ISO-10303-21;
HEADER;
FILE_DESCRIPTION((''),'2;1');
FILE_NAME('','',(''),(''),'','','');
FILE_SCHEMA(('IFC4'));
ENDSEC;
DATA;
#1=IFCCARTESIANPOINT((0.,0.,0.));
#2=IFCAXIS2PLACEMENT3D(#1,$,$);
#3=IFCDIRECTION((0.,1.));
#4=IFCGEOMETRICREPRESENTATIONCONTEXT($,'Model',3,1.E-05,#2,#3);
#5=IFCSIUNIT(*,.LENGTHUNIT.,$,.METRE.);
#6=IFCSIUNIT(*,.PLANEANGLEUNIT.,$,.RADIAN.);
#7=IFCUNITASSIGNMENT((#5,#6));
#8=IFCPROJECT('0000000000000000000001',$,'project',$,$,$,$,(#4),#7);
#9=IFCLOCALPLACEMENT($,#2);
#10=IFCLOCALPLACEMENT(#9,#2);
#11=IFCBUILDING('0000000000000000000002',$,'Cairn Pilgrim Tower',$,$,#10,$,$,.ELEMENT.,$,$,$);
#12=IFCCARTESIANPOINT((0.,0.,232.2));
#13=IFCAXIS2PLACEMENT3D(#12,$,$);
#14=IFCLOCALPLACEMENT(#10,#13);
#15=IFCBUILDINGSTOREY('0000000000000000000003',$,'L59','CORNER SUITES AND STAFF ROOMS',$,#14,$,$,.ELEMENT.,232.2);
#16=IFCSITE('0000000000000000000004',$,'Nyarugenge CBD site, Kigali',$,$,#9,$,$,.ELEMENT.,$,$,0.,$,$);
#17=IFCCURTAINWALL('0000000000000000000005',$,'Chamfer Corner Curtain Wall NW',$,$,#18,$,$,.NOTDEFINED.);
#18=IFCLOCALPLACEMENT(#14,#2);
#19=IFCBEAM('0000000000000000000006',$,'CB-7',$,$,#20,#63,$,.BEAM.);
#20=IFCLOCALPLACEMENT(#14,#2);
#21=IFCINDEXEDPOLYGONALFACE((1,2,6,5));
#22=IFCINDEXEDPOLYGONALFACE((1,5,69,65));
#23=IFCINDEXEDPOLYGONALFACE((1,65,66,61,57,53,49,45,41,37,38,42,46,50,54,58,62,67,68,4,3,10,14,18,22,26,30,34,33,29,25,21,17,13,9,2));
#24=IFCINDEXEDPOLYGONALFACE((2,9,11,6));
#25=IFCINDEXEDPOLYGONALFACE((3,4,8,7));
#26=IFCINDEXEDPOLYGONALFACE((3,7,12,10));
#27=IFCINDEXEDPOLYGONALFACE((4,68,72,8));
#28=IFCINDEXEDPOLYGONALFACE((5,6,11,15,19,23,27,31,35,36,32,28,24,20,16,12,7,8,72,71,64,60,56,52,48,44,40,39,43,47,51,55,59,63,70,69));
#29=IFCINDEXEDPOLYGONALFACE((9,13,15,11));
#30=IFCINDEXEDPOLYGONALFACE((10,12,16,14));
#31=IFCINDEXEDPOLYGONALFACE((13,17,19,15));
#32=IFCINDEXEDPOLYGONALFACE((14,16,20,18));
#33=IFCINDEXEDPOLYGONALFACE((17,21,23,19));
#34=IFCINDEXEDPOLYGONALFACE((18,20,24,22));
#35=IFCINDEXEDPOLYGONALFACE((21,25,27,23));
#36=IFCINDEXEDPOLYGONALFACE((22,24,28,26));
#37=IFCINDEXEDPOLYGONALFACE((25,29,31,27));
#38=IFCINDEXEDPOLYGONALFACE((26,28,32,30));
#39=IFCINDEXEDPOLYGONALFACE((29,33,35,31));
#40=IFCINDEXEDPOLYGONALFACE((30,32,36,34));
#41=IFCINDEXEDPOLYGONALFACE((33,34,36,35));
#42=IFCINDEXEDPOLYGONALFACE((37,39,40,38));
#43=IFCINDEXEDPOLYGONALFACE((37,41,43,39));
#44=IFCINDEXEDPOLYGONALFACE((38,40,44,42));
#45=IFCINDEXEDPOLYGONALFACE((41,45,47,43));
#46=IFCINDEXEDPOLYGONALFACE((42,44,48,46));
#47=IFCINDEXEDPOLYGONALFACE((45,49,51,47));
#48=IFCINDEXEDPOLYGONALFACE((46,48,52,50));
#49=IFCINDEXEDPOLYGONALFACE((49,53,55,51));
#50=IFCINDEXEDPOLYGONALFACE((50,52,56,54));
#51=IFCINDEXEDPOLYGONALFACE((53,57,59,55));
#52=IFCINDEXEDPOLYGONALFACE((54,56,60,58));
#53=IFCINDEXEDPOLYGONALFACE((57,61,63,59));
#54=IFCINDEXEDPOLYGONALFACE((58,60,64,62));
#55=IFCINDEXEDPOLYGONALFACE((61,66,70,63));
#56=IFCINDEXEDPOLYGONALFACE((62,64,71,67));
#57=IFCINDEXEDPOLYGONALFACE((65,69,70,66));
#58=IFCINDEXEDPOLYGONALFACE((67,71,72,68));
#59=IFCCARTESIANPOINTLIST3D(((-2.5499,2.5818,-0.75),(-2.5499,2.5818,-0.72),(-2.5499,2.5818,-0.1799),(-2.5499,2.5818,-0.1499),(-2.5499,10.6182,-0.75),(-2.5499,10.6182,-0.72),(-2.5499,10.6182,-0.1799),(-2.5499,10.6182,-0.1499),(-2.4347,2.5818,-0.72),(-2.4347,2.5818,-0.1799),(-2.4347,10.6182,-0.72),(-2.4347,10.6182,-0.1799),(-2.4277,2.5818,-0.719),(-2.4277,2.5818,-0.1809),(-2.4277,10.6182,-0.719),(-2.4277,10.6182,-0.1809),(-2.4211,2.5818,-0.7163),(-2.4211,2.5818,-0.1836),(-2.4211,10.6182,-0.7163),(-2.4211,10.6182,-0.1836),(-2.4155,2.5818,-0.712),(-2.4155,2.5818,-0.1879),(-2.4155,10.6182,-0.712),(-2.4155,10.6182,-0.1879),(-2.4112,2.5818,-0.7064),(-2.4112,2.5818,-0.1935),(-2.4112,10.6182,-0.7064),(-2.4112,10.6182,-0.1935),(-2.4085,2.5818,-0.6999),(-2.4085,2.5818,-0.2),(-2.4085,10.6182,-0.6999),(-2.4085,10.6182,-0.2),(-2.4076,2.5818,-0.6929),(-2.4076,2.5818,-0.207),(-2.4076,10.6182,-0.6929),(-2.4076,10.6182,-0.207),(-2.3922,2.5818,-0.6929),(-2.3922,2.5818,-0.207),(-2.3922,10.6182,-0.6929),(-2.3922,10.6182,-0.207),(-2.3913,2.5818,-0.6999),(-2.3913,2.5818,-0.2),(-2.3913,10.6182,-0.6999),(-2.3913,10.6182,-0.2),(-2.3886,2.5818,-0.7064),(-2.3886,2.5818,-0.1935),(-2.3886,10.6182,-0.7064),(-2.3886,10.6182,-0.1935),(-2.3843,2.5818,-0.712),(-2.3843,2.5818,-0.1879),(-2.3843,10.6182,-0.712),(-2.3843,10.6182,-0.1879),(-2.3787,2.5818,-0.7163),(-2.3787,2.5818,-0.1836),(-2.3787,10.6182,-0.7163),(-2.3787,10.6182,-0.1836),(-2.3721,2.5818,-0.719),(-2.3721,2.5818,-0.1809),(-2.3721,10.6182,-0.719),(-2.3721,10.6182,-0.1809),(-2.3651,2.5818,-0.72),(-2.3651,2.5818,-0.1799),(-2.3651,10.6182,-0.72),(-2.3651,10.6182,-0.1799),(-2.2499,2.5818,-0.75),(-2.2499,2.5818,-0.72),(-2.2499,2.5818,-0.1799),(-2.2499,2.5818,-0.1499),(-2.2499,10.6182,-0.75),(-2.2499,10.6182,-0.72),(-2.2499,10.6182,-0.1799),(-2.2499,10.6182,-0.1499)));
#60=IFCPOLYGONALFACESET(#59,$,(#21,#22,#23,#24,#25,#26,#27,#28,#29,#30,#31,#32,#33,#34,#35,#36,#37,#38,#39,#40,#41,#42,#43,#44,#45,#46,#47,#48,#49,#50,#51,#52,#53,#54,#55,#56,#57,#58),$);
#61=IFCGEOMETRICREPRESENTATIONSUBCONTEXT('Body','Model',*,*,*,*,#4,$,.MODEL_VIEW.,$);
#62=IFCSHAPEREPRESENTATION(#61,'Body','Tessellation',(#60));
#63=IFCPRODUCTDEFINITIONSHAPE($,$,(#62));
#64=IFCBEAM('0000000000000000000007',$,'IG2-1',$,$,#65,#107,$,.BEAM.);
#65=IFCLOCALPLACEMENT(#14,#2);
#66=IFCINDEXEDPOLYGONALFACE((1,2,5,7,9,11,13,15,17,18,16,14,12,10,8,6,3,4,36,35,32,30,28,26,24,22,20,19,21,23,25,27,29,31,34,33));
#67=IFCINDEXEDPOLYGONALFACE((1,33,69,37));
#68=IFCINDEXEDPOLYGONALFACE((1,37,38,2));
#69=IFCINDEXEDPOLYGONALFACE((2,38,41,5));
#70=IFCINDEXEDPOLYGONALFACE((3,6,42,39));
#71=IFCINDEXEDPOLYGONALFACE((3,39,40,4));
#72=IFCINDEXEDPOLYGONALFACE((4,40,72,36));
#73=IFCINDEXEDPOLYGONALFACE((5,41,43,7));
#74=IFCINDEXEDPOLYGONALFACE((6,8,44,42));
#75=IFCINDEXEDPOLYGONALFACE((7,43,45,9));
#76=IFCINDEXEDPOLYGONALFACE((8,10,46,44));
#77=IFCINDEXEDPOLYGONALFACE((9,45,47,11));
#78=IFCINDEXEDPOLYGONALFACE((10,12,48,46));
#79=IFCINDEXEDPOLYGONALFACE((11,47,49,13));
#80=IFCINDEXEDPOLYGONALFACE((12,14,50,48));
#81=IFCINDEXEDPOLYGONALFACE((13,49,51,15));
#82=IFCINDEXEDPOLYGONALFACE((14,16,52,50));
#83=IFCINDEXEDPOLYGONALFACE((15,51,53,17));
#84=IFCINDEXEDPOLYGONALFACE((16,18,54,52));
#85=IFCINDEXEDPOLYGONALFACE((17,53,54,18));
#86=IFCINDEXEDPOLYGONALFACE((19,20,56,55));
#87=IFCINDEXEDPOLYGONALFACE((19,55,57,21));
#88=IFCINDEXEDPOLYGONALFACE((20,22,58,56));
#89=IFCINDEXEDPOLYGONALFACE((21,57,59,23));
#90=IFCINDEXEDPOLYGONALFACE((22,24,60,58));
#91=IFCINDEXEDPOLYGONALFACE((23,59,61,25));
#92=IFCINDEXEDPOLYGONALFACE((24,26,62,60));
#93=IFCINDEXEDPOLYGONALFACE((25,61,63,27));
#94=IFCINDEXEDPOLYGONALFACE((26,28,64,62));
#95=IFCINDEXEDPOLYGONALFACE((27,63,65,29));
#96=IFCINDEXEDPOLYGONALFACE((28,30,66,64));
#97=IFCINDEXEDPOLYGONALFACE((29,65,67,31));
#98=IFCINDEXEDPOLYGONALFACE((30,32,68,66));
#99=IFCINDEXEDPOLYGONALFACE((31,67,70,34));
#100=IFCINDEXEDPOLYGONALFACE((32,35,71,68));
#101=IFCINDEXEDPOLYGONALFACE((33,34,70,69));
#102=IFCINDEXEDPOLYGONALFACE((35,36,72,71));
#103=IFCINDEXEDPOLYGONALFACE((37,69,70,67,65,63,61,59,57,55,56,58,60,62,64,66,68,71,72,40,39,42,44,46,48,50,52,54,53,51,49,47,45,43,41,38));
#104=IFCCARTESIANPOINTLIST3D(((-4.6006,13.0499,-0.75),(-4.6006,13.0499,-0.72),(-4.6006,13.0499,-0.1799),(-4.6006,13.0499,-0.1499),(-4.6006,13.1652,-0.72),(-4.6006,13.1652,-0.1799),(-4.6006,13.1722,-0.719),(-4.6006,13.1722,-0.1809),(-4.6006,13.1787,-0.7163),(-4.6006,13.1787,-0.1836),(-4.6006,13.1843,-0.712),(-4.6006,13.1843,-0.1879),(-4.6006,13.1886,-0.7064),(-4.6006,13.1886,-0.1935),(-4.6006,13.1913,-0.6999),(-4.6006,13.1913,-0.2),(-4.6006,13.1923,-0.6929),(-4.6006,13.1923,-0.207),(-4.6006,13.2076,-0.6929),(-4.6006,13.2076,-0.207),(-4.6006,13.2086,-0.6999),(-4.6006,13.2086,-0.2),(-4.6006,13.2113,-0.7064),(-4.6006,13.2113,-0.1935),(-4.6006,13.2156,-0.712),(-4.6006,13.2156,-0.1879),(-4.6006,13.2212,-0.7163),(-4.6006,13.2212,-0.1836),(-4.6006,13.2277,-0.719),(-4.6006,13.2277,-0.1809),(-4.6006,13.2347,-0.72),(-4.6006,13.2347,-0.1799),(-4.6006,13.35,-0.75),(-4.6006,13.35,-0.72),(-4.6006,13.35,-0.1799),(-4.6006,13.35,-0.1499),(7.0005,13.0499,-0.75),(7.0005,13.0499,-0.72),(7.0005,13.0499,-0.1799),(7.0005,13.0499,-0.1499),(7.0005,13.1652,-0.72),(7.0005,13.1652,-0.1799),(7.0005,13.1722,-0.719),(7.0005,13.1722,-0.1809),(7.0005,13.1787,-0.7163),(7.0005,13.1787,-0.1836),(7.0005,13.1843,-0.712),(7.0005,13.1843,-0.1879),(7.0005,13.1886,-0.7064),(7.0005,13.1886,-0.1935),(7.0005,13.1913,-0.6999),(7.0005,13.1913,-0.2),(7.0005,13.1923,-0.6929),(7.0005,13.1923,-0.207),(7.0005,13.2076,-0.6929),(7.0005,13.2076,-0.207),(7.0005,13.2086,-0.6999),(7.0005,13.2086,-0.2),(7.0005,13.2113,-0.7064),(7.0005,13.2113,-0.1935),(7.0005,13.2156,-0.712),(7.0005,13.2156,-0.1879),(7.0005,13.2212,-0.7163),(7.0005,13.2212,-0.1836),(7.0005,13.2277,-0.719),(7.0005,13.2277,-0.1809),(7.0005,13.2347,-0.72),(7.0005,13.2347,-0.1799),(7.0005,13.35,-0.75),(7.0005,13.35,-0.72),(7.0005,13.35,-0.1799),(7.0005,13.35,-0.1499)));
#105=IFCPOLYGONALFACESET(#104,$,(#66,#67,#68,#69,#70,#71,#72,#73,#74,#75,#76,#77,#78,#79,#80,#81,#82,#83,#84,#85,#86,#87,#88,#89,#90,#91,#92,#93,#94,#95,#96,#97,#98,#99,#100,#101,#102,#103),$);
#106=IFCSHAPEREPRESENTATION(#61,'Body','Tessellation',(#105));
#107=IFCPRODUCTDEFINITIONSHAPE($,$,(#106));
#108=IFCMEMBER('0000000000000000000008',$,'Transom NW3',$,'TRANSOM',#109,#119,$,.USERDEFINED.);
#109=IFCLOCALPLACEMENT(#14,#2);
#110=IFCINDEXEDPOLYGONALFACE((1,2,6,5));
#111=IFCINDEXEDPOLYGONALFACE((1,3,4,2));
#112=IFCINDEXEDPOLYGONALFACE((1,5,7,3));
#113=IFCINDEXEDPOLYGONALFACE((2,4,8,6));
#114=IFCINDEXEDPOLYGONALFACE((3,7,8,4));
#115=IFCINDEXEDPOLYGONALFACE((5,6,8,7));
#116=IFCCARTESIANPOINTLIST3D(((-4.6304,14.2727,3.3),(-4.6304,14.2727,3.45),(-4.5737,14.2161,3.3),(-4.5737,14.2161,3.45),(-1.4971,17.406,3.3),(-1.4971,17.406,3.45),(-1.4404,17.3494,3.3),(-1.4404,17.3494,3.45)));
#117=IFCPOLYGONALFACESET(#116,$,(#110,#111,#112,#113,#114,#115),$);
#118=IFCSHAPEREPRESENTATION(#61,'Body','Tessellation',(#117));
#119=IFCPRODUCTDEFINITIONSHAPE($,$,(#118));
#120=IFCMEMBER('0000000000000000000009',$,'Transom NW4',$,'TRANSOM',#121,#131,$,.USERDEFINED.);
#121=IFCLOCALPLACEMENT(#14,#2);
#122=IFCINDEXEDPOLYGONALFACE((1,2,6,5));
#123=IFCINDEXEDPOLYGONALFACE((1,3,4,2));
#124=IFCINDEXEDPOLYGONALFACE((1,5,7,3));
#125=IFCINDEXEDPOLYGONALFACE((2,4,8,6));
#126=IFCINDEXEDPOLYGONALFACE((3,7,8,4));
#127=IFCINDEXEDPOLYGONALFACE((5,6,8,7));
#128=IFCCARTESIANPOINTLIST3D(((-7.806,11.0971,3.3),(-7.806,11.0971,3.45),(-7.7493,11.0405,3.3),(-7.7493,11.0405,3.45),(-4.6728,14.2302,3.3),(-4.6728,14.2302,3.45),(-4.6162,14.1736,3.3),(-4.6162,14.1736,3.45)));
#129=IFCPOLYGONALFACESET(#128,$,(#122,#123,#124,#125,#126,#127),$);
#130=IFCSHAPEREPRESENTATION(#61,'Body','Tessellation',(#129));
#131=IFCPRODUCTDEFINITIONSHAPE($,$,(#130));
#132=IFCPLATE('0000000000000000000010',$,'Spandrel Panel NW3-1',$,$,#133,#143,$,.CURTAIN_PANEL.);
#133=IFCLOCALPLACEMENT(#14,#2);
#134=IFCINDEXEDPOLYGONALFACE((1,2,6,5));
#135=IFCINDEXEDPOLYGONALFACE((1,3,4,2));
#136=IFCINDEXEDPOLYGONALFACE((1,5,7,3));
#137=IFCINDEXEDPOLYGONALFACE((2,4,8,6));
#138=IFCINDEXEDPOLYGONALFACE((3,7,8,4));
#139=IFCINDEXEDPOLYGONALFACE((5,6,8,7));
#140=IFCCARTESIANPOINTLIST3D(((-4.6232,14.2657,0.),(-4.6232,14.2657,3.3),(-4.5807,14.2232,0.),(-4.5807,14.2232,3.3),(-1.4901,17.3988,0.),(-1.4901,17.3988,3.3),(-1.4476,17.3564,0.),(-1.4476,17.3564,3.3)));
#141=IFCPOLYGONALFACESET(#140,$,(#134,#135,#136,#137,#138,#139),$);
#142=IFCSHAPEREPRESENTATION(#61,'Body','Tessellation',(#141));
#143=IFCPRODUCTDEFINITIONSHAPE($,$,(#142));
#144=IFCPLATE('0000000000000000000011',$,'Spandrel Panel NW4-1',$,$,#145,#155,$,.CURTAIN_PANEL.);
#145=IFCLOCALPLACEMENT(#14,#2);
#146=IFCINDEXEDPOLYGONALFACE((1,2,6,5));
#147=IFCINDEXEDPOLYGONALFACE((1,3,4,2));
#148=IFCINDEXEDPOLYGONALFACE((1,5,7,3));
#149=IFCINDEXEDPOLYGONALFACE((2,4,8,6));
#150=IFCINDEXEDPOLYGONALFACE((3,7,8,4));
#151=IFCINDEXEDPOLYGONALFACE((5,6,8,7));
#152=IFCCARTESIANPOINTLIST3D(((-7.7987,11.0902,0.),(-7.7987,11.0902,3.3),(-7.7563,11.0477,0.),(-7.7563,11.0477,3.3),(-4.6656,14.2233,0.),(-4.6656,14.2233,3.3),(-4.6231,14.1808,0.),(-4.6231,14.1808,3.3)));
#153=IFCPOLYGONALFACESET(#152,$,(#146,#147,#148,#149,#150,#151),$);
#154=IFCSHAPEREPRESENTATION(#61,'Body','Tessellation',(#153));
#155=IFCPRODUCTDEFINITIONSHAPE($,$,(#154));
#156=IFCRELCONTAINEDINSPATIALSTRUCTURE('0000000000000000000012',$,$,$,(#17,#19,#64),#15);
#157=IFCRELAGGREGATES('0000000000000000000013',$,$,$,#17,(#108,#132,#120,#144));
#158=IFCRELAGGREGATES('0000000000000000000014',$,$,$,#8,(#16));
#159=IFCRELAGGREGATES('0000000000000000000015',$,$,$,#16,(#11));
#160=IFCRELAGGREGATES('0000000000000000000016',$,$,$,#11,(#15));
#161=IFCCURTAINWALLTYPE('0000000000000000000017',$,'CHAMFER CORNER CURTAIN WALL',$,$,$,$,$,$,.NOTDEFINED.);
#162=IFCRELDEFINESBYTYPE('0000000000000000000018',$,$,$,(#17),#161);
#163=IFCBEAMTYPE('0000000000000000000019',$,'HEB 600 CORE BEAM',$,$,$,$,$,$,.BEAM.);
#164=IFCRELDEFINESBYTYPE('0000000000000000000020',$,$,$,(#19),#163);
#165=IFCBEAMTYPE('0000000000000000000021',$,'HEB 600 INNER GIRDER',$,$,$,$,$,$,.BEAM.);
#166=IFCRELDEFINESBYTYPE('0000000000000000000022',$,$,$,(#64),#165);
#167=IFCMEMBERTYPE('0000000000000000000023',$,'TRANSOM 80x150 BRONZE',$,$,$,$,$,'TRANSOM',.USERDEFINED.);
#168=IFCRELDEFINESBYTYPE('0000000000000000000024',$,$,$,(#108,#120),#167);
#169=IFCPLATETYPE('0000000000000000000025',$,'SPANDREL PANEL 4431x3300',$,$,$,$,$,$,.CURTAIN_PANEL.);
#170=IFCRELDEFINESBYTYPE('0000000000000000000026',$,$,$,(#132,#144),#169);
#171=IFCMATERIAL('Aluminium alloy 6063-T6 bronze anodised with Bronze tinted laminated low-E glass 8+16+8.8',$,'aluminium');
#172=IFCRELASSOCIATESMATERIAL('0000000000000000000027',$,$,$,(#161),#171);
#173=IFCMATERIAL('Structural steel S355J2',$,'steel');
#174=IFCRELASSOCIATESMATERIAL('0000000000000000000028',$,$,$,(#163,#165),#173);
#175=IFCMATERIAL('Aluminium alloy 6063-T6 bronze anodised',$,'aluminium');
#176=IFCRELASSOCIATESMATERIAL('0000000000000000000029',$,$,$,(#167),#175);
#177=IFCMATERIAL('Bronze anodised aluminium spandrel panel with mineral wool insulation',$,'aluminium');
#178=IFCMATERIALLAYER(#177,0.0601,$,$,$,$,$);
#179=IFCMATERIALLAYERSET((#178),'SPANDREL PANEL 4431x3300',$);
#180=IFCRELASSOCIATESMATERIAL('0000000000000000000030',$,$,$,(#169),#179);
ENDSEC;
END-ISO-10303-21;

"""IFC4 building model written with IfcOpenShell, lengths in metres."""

from ifc_helpers import new_model, si_unit, direction, frame, origin, origin_2d, place, context, subcontext, project, spatial, rectangle, i_section, extrude, material, layer, layer_set, material_profile, profile_set, type_object, element, aggregate, save


model = new_model("IFC4")

# Units and contexts
model_context = context("Model", 3, precision=1e-05, world=origin(), true_north=direction((0.0, 1.0)))
body_context = subcontext(model_context, "Body", "Model", "MODEL_VIEW")
ifc_project = project(units=[si_unit("LENGTHUNIT", "METRE"), si_unit("PLANEANGLEUNIT", "RADIAN")], contexts=[model_context])

# Site, building, storey
site_placement = place(None, origin())
site = spatial("IfcSite", under=ifc_project, at=site_placement, Name="Nyarugenge CBD site, Kigali", CompositionType="ELEMENT", RefElevation=0.0)
building_placement = place(site_placement, origin())
building = spatial("IfcBuilding", under=site, at=building_placement, Name="Cairn Pilgrim Tower", CompositionType="ELEMENT")
storey_placement = place(building_placement, frame((0.0, 0.0, 232.2)))
storey = spatial("IfcBuildingStorey", under=building, at=storey_placement, Name="L59", Description="CORNER SUITES AND STAFF ROOMS", CompositionType="ELEMENT", Elevation=232.2)

# Shared definitions
ifc_material_1 = material(Name="Structural steel S355J2", Category="steel")

# Curtain wall
ifc_material_2 = material(Name="Aluminium alloy 6063-T6 bronze anodised with Bronze tinted laminated low-E glass 8+16+8.8", Category="aluminium")
curtain_wall_type = type_object("IfcCurtainWallType", Name="CHAMFER CORNER CURTAIN WALL", PredefinedType="NOTDEFINED", material=ifc_material_2)
curtain_wall_placement = place(storey_placement, origin())
curtain_wall = element("IfcCurtainWall", 1, at=curtain_wall_placement, inside=storey, type_object=curtain_wall_type, Name="Chamfer Corner Curtain Wall NW", PredefinedType="NOTDEFINED")
ifc_material_3 = material(Name="Aluminium alloy 6063-T6 bronze anodised", Category="aluminium")

# Beams
ifc_material_profile_1 = material_profile(ifc_material_1, i_section(OverallWidth=0.3, OverallDepth=0.6001, WebThickness=0.0154, FlangeThickness=0.03, FilletRadius=0.0271, at=origin_2d()), Name="HEB 600")
ifc_profile_set_1 = profile_set([ifc_material_profile_1], Name="Structural steel S355J2")
beam_type_1 = type_object("IfcBeamType", Name="HEB 600 CORE BEAM", PredefinedType="BEAM", material=ifc_profile_set_1)
beam_1_placement = place(storey_placement, frame((-2.3999, 10.6182, -0.45), z_axis=(0.0, -1.0, 0.0), x_axis=(1.0, 0.0, 0.0)))
element("IfcBeam", 2, at=beam_1_placement, inside=storey, type_object=beam_type_1, Name="CB-7", PredefinedType="BEAM", context=body_context, shape_type="SweptSolid", body=[
    extrude(i_section(OverallWidth=0.3, OverallDepth=0.6001, WebThickness=0.0154, FlangeThickness=0.03, FilletRadius=0.0271, at=origin_2d()), origin(), (0.0, 0.0, 1.0), 8.0364),
])
ifc_material_profile_2 = material_profile(ifc_material_1, i_section(OverallWidth=0.3, OverallDepth=0.6001, WebThickness=0.0154, FlangeThickness=0.03, FilletRadius=0.0271, at=origin_2d()), Name="HEB 600")
ifc_profile_set_2 = profile_set([ifc_material_profile_2], Name="Structural steel S355J2")
beam_type_2 = type_object("IfcBeamType", Name="HEB 600 INNER GIRDER", PredefinedType="BEAM", material=ifc_profile_set_2)
beam_2_placement = place(storey_placement, frame((-4.6006, 13.2, -0.45), z_axis=(1.0, 0.0, 0.0), x_axis=(0.0, 1.0, 0.0)))
element("IfcBeam", 3, at=beam_2_placement, inside=storey, type_object=beam_type_2, Name="IG2-1", PredefinedType="BEAM", context=body_context, shape_type="SweptSolid", body=[
    extrude(i_section(OverallWidth=0.3, OverallDepth=0.6001, WebThickness=0.0154, FlangeThickness=0.03, FilletRadius=0.0271, at=origin_2d()), origin(), (0.0, 0.0, 1.0), 11.6011),
])

# Members
ifc_material_profile_3 = material_profile(ifc_material_3, rectangle(XDim=0.0801, YDim=0.1499, at=origin_2d()), Name="TRANSOM 80x150 BRONZE")
ifc_profile_set_3 = profile_set([ifc_material_profile_3], Name="Aluminium alloy 6063-T6 bronze anodised")
member_type_1 = type_object("IfcMemberType", Name="TRANSOM 80x150 BRONZE", ElementType="TRANSOM", PredefinedType="USERDEFINED", material=ifc_profile_set_3)
member_1_placement = place(storey_placement, frame((-1.4688, 17.3777, 3.375), z_axis=(-0.707107, -0.707107, 0.0), x_axis=(0.707107, -0.707107, 0.0)))
member_1 = element("IfcMember", 4, at=member_1_placement, type_object=member_type_1, Name="Transom NW3", ObjectType="TRANSOM", PredefinedType="USERDEFINED", context=body_context, shape_type="SweptSolid", body=[
    extrude(rectangle(XDim=0.0801, YDim=0.1499, at=origin_2d()), origin(), (0.0, 0.0, 1.0), 4.4312),
])
member_2_placement = place(storey_placement, frame((-4.6445, 14.2019, 3.375), z_axis=(-0.707107, -0.707107, 0.0), x_axis=(0.707107, -0.707107, 0.0)))
member_2 = element("IfcMember", 5, at=member_2_placement, type_object=member_type_1, Name="Transom NW4", ObjectType="TRANSOM", PredefinedType="USERDEFINED", context=body_context, shape_type="SweptSolid", body=[
    extrude(rectangle(XDim=0.0801, YDim=0.1499, at=origin_2d()), origin(), (0.0, 0.0, 1.0), 4.4309),
])

# Plates
ifc_material_4 = material(Name="Bronze anodised aluminium spandrel panel with mineral wool insulation", Category="aluminium")
ifc_layer_1 = layer(ifc_material_4, 0.0601)
ifc_layer_set_1 = layer_set([ifc_layer_1], Name="SPANDREL PANEL 4431x3300")
plate_type = type_object("IfcPlateType", Name="SPANDREL PANEL 4431x3300", PredefinedType="CURTAIN_PANEL", material=ifc_layer_set_1)
plate_1_placement = place(storey_placement, frame((-3.0354, 15.811, 0.0), z_axis=(0.0, 0.0, 1.0), x_axis=(-0.707107, -0.707107, 0.0)))
plate_1 = element("IfcPlate", 6, at=plate_1_placement, type_object=plate_type, Name="Spandrel Panel NW3-1", PredefinedType="CURTAIN_PANEL", context=body_context, shape_type="SweptSolid", body=[
    extrude(rectangle(XDim=4.4309, YDim=0.0601, at=origin_2d()), origin(), (0.0, 0.0, 1.0), 3.3),
])
plate_2_placement = place(storey_placement, frame((-6.2109, 12.6355, 0.0), z_axis=(0.0, 0.0, 1.0), x_axis=(-0.707107, -0.707107, 0.0)))
plate_2 = element("IfcPlate", 7, at=plate_2_placement, type_object=plate_type, Name="Spandrel Panel NW4-1", PredefinedType="CURTAIN_PANEL", context=body_context, shape_type="SweptSolid", body=[
    extrude(rectangle(XDim=4.4309, YDim=0.0601, at=origin_2d()), origin(), (0.0, 0.0, 1.0), 3.3),
])
aggregate(curtain_wall, [member_1, plate_1, member_2, plate_2])

save(model, "model.ifc")
